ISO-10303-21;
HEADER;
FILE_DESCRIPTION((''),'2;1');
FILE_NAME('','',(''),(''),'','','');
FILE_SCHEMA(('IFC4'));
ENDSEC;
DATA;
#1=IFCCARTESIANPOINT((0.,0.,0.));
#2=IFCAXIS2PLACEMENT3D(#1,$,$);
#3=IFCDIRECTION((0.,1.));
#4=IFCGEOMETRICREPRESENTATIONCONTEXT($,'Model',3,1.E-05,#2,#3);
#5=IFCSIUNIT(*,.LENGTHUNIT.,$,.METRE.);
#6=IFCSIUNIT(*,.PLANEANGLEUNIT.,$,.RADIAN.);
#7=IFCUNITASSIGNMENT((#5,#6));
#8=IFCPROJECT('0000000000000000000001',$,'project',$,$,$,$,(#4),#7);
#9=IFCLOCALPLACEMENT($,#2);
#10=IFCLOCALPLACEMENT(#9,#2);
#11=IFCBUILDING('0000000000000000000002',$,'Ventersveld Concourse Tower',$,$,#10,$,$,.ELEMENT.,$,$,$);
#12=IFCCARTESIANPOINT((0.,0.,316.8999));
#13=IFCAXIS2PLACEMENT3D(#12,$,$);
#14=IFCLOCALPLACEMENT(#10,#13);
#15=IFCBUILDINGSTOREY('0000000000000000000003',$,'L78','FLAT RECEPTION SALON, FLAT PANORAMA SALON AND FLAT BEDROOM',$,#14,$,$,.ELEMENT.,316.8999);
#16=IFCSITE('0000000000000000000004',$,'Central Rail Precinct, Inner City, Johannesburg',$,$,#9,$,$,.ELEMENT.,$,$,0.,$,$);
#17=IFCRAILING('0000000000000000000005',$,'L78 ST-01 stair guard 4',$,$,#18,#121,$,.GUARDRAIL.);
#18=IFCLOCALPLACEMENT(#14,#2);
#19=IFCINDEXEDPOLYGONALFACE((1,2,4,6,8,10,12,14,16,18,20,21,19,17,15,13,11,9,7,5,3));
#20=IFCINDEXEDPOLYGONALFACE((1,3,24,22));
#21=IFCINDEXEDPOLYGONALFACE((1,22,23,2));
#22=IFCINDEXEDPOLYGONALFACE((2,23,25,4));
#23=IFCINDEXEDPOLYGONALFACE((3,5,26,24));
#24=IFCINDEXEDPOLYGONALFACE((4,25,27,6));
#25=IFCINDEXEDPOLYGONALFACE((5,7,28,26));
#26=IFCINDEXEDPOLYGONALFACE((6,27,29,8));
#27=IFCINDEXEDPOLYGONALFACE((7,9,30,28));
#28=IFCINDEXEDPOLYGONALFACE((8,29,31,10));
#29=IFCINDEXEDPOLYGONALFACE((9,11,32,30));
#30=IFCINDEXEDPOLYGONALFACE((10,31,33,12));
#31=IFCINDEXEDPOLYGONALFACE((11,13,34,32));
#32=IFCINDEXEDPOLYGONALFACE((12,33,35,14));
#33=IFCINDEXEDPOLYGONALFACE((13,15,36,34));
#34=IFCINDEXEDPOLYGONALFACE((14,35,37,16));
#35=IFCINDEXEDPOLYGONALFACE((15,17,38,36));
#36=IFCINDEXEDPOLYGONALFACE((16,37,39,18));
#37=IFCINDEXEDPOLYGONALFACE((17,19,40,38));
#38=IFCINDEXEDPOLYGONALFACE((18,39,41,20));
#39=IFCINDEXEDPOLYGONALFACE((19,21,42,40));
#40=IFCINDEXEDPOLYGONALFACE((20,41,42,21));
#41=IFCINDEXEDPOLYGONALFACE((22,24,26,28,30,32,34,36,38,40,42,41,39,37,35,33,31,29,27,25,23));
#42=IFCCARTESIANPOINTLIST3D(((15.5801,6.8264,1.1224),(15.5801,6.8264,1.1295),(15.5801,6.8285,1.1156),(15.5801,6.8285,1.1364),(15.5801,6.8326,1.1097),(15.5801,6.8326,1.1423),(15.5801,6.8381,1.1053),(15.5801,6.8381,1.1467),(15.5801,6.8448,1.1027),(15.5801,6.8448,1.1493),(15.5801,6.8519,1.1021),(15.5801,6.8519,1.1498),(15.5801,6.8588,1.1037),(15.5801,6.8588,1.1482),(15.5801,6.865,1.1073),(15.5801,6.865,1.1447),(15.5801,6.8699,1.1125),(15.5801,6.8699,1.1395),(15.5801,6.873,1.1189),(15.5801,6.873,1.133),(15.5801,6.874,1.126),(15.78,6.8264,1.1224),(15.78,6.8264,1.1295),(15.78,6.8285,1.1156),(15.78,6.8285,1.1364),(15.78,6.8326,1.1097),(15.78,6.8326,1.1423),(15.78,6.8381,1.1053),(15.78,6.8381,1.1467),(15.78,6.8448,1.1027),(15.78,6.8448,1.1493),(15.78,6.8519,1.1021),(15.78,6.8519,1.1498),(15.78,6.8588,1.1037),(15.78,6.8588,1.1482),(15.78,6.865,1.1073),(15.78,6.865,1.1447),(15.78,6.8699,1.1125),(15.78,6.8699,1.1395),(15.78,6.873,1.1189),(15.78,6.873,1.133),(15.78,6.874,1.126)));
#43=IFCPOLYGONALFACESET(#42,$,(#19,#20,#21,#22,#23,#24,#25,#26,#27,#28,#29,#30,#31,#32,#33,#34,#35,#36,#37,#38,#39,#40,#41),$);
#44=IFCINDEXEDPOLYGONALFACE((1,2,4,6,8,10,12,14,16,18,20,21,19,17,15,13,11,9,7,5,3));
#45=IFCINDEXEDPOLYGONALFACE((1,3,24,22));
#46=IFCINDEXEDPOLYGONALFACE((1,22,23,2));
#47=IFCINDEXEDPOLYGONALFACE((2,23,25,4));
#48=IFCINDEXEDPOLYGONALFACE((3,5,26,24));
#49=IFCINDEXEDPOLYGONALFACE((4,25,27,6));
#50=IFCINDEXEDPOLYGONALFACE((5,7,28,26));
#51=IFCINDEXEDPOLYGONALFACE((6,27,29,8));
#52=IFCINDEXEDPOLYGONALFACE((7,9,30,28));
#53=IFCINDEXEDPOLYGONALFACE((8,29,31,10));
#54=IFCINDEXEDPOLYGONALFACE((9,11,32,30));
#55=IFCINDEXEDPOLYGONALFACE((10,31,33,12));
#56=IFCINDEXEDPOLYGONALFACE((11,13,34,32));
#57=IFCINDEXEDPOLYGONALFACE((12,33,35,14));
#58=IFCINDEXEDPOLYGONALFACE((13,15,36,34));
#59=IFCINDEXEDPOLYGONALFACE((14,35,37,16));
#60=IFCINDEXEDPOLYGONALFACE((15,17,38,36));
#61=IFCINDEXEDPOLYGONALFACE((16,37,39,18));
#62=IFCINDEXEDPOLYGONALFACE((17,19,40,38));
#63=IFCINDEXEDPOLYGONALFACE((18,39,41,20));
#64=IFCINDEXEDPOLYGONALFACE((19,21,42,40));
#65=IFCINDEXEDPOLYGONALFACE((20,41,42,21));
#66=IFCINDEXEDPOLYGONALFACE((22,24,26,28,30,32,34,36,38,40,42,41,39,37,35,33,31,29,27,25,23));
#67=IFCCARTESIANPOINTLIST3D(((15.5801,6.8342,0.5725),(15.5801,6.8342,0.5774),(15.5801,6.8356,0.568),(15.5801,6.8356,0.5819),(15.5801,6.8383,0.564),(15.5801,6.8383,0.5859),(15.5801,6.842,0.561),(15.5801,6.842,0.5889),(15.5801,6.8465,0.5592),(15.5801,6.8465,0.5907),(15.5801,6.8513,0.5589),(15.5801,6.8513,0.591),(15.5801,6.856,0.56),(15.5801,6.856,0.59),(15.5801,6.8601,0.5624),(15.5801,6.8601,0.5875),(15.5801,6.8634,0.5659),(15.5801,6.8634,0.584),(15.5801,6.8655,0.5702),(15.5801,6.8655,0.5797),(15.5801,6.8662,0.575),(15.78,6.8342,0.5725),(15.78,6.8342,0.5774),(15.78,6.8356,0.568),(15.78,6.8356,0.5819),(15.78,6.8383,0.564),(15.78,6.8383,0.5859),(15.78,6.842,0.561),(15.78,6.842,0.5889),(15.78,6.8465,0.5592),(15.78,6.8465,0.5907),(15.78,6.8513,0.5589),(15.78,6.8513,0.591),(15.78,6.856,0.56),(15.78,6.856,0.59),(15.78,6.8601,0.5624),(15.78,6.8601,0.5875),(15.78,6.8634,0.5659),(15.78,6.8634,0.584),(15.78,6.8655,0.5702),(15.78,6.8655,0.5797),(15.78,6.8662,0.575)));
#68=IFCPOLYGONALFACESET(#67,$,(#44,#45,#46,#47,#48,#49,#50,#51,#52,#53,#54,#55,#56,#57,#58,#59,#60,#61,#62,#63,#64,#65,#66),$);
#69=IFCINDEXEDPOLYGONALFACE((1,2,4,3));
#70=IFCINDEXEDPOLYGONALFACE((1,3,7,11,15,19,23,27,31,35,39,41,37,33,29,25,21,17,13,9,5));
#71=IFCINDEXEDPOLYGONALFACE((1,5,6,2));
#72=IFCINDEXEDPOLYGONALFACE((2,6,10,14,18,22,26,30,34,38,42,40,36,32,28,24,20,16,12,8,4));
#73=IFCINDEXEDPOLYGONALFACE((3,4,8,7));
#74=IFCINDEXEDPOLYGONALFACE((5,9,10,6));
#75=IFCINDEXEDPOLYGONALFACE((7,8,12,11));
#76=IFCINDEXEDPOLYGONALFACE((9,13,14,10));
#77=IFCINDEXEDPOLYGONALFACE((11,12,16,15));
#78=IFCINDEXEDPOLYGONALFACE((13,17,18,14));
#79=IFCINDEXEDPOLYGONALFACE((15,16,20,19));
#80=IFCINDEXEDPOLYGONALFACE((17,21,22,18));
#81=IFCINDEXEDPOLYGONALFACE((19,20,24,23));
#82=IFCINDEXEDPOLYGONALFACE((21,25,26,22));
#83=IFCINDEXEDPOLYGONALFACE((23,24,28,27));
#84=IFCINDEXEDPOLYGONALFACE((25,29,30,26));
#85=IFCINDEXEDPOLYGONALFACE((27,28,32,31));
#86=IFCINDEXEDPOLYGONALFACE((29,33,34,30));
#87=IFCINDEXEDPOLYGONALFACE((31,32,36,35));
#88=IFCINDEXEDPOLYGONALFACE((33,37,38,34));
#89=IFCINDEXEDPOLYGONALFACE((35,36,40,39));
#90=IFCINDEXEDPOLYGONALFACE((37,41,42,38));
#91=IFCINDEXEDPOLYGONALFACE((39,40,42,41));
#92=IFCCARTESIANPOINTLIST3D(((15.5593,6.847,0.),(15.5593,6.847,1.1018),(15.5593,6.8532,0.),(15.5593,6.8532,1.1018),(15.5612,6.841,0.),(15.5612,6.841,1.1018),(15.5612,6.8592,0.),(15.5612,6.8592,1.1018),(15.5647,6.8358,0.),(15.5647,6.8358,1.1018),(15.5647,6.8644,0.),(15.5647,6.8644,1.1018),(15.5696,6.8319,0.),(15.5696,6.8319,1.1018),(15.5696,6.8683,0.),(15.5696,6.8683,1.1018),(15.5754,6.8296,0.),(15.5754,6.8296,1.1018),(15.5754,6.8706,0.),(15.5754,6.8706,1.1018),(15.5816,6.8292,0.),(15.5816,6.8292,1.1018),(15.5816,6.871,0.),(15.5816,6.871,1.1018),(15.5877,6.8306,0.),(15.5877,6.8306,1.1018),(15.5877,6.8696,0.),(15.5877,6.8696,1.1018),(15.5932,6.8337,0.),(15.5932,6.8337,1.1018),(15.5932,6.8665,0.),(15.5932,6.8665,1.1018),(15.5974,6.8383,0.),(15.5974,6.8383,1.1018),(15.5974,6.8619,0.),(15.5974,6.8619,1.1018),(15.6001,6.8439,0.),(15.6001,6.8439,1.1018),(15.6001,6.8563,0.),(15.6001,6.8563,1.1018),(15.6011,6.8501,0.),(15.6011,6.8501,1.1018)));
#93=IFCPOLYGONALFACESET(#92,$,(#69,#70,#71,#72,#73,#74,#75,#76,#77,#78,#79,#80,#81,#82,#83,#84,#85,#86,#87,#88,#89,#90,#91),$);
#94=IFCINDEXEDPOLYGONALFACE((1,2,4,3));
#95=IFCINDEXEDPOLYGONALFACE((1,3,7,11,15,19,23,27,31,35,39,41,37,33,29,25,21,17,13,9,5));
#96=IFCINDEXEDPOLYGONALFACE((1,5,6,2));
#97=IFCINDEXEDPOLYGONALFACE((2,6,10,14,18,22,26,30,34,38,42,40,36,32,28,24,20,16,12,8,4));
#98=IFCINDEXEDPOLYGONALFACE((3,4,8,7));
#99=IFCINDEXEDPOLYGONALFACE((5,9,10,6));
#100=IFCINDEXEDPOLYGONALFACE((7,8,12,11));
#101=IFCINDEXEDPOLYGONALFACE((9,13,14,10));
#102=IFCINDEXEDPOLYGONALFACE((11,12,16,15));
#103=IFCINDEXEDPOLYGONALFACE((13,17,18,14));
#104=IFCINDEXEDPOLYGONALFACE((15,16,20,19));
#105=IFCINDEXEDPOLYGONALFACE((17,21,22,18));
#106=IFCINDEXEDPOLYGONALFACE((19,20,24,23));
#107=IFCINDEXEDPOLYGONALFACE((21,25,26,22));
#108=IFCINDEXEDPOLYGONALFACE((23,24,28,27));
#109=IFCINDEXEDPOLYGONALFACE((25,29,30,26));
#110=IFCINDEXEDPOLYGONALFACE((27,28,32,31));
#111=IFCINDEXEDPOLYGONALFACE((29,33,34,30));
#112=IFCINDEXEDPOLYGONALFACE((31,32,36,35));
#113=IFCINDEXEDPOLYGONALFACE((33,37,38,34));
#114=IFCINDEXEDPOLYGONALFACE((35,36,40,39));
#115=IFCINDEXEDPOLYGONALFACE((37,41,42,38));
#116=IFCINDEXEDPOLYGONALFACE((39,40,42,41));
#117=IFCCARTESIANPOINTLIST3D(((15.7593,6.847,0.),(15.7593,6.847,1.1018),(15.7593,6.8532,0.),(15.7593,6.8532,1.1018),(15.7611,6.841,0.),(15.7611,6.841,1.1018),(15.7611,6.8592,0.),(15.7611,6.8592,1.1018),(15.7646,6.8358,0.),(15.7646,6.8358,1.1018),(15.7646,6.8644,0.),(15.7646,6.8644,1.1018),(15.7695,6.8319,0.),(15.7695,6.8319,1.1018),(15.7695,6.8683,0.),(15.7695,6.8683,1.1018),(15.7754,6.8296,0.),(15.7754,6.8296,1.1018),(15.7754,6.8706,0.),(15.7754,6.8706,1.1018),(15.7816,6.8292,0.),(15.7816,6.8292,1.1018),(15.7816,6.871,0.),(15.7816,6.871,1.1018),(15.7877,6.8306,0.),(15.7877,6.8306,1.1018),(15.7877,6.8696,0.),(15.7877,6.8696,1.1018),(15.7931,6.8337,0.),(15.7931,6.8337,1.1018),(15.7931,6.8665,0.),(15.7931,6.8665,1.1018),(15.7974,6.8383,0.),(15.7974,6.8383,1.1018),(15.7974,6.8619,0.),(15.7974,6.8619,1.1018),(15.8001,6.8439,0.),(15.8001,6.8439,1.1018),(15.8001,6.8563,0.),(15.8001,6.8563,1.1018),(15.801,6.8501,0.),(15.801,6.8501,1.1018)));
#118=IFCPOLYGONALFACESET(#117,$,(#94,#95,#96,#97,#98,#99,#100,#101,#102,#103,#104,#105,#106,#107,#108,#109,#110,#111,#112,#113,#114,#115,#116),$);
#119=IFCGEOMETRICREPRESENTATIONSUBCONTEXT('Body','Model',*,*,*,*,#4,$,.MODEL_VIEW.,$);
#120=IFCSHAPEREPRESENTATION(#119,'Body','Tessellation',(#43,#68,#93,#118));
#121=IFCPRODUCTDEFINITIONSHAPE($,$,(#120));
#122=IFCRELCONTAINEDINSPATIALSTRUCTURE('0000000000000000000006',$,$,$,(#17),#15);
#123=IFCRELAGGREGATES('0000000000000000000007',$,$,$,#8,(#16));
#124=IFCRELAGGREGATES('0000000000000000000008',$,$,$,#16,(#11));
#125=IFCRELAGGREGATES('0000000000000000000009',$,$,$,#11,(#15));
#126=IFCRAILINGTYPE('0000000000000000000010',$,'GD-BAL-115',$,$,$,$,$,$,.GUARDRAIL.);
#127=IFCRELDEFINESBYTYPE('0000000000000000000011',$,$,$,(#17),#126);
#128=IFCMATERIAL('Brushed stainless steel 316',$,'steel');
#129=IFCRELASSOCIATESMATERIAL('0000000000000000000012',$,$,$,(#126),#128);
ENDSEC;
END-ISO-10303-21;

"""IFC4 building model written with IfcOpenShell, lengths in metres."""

from ifc_helpers import new_model, si_unit, direction, frame, origin, origin_2d, place, context, subcontext, project, spatial, circle, extrude, material, type_object, element, save


model = new_model("IFC4")

# Units and contexts
model_context = context("Model", 3, precision=1e-05, world=origin(), true_north=direction((0.0, 1.0)))
body_context = subcontext(model_context, "Body", "Model", "MODEL_VIEW")
ifc_project = project(units=[si_unit("LENGTHUNIT", "METRE"), si_unit("PLANEANGLEUNIT", "RADIAN")], contexts=[model_context])

# Site, building, storey
site_placement = place(None, origin())
site = spatial("IfcSite", under=ifc_project, at=site_placement, Name="Central Rail Precinct, Inner City, Johannesburg", CompositionType="ELEMENT", RefElevation=0.0)
building_placement = place(site_placement, origin())
building = spatial("IfcBuilding", under=site, at=building_placement, Name="Ventersveld Concourse Tower", CompositionType="ELEMENT")
storey_placement = place(building_placement, frame((0.0, 0.0, 316.8999)))
storey = spatial("IfcBuildingStorey", under=building, at=storey_placement, Name="L78", Description="FLAT RECEPTION SALON, FLAT PANORAMA SALON AND FLAT BEDROOM", CompositionType="ELEMENT", Elevation=316.8999)

# Railing
ifc_material_1 = material(Name="Brushed stainless steel 316", Category="steel")
railing_type_1 = type_object("IfcRailingType", Name="GD-BAL-115", PredefinedType="GUARDRAIL", material=ifc_material_1)
railing_1_placement = place(storey_placement, frame((15.5801, 6.8501, 0.0)))
element("IfcRailing", 1, at=railing_1_placement, inside=storey, type_object=railing_type_1, Name="L78 ST-01 stair guard 4", PredefinedType="GUARDRAIL", context=body_context, shape_type="SweptSolid", body=[
    extrude(circle(Radius=0.0239, at=origin_2d()), frame((0.0, 0.0, 1.126), z_axis=(1.0, 0.0, 0.0), x_axis=(0.0, 1.0, 0.0)), (0.0, 0.0, 1.0), 0.2),
    extrude(circle(Radius=0.0161, at=origin_2d()), frame((0.0, 0.0, 0.575), z_axis=(1.0, 0.0, 0.0), x_axis=(0.0, 1.0, 0.0)), (0.0, 0.0, 1.0), 0.2),
    extrude(circle(Radius=0.021, at=origin_2d()), origin(), (0.0, 0.0, 1.0), 1.1018),
    extrude(circle(Radius=0.021, at=origin_2d()), frame((0.2, 0.0, 0.0)), (0.0, 0.0, 1.0), 1.1018),
])

save(model, "model.ifc")
